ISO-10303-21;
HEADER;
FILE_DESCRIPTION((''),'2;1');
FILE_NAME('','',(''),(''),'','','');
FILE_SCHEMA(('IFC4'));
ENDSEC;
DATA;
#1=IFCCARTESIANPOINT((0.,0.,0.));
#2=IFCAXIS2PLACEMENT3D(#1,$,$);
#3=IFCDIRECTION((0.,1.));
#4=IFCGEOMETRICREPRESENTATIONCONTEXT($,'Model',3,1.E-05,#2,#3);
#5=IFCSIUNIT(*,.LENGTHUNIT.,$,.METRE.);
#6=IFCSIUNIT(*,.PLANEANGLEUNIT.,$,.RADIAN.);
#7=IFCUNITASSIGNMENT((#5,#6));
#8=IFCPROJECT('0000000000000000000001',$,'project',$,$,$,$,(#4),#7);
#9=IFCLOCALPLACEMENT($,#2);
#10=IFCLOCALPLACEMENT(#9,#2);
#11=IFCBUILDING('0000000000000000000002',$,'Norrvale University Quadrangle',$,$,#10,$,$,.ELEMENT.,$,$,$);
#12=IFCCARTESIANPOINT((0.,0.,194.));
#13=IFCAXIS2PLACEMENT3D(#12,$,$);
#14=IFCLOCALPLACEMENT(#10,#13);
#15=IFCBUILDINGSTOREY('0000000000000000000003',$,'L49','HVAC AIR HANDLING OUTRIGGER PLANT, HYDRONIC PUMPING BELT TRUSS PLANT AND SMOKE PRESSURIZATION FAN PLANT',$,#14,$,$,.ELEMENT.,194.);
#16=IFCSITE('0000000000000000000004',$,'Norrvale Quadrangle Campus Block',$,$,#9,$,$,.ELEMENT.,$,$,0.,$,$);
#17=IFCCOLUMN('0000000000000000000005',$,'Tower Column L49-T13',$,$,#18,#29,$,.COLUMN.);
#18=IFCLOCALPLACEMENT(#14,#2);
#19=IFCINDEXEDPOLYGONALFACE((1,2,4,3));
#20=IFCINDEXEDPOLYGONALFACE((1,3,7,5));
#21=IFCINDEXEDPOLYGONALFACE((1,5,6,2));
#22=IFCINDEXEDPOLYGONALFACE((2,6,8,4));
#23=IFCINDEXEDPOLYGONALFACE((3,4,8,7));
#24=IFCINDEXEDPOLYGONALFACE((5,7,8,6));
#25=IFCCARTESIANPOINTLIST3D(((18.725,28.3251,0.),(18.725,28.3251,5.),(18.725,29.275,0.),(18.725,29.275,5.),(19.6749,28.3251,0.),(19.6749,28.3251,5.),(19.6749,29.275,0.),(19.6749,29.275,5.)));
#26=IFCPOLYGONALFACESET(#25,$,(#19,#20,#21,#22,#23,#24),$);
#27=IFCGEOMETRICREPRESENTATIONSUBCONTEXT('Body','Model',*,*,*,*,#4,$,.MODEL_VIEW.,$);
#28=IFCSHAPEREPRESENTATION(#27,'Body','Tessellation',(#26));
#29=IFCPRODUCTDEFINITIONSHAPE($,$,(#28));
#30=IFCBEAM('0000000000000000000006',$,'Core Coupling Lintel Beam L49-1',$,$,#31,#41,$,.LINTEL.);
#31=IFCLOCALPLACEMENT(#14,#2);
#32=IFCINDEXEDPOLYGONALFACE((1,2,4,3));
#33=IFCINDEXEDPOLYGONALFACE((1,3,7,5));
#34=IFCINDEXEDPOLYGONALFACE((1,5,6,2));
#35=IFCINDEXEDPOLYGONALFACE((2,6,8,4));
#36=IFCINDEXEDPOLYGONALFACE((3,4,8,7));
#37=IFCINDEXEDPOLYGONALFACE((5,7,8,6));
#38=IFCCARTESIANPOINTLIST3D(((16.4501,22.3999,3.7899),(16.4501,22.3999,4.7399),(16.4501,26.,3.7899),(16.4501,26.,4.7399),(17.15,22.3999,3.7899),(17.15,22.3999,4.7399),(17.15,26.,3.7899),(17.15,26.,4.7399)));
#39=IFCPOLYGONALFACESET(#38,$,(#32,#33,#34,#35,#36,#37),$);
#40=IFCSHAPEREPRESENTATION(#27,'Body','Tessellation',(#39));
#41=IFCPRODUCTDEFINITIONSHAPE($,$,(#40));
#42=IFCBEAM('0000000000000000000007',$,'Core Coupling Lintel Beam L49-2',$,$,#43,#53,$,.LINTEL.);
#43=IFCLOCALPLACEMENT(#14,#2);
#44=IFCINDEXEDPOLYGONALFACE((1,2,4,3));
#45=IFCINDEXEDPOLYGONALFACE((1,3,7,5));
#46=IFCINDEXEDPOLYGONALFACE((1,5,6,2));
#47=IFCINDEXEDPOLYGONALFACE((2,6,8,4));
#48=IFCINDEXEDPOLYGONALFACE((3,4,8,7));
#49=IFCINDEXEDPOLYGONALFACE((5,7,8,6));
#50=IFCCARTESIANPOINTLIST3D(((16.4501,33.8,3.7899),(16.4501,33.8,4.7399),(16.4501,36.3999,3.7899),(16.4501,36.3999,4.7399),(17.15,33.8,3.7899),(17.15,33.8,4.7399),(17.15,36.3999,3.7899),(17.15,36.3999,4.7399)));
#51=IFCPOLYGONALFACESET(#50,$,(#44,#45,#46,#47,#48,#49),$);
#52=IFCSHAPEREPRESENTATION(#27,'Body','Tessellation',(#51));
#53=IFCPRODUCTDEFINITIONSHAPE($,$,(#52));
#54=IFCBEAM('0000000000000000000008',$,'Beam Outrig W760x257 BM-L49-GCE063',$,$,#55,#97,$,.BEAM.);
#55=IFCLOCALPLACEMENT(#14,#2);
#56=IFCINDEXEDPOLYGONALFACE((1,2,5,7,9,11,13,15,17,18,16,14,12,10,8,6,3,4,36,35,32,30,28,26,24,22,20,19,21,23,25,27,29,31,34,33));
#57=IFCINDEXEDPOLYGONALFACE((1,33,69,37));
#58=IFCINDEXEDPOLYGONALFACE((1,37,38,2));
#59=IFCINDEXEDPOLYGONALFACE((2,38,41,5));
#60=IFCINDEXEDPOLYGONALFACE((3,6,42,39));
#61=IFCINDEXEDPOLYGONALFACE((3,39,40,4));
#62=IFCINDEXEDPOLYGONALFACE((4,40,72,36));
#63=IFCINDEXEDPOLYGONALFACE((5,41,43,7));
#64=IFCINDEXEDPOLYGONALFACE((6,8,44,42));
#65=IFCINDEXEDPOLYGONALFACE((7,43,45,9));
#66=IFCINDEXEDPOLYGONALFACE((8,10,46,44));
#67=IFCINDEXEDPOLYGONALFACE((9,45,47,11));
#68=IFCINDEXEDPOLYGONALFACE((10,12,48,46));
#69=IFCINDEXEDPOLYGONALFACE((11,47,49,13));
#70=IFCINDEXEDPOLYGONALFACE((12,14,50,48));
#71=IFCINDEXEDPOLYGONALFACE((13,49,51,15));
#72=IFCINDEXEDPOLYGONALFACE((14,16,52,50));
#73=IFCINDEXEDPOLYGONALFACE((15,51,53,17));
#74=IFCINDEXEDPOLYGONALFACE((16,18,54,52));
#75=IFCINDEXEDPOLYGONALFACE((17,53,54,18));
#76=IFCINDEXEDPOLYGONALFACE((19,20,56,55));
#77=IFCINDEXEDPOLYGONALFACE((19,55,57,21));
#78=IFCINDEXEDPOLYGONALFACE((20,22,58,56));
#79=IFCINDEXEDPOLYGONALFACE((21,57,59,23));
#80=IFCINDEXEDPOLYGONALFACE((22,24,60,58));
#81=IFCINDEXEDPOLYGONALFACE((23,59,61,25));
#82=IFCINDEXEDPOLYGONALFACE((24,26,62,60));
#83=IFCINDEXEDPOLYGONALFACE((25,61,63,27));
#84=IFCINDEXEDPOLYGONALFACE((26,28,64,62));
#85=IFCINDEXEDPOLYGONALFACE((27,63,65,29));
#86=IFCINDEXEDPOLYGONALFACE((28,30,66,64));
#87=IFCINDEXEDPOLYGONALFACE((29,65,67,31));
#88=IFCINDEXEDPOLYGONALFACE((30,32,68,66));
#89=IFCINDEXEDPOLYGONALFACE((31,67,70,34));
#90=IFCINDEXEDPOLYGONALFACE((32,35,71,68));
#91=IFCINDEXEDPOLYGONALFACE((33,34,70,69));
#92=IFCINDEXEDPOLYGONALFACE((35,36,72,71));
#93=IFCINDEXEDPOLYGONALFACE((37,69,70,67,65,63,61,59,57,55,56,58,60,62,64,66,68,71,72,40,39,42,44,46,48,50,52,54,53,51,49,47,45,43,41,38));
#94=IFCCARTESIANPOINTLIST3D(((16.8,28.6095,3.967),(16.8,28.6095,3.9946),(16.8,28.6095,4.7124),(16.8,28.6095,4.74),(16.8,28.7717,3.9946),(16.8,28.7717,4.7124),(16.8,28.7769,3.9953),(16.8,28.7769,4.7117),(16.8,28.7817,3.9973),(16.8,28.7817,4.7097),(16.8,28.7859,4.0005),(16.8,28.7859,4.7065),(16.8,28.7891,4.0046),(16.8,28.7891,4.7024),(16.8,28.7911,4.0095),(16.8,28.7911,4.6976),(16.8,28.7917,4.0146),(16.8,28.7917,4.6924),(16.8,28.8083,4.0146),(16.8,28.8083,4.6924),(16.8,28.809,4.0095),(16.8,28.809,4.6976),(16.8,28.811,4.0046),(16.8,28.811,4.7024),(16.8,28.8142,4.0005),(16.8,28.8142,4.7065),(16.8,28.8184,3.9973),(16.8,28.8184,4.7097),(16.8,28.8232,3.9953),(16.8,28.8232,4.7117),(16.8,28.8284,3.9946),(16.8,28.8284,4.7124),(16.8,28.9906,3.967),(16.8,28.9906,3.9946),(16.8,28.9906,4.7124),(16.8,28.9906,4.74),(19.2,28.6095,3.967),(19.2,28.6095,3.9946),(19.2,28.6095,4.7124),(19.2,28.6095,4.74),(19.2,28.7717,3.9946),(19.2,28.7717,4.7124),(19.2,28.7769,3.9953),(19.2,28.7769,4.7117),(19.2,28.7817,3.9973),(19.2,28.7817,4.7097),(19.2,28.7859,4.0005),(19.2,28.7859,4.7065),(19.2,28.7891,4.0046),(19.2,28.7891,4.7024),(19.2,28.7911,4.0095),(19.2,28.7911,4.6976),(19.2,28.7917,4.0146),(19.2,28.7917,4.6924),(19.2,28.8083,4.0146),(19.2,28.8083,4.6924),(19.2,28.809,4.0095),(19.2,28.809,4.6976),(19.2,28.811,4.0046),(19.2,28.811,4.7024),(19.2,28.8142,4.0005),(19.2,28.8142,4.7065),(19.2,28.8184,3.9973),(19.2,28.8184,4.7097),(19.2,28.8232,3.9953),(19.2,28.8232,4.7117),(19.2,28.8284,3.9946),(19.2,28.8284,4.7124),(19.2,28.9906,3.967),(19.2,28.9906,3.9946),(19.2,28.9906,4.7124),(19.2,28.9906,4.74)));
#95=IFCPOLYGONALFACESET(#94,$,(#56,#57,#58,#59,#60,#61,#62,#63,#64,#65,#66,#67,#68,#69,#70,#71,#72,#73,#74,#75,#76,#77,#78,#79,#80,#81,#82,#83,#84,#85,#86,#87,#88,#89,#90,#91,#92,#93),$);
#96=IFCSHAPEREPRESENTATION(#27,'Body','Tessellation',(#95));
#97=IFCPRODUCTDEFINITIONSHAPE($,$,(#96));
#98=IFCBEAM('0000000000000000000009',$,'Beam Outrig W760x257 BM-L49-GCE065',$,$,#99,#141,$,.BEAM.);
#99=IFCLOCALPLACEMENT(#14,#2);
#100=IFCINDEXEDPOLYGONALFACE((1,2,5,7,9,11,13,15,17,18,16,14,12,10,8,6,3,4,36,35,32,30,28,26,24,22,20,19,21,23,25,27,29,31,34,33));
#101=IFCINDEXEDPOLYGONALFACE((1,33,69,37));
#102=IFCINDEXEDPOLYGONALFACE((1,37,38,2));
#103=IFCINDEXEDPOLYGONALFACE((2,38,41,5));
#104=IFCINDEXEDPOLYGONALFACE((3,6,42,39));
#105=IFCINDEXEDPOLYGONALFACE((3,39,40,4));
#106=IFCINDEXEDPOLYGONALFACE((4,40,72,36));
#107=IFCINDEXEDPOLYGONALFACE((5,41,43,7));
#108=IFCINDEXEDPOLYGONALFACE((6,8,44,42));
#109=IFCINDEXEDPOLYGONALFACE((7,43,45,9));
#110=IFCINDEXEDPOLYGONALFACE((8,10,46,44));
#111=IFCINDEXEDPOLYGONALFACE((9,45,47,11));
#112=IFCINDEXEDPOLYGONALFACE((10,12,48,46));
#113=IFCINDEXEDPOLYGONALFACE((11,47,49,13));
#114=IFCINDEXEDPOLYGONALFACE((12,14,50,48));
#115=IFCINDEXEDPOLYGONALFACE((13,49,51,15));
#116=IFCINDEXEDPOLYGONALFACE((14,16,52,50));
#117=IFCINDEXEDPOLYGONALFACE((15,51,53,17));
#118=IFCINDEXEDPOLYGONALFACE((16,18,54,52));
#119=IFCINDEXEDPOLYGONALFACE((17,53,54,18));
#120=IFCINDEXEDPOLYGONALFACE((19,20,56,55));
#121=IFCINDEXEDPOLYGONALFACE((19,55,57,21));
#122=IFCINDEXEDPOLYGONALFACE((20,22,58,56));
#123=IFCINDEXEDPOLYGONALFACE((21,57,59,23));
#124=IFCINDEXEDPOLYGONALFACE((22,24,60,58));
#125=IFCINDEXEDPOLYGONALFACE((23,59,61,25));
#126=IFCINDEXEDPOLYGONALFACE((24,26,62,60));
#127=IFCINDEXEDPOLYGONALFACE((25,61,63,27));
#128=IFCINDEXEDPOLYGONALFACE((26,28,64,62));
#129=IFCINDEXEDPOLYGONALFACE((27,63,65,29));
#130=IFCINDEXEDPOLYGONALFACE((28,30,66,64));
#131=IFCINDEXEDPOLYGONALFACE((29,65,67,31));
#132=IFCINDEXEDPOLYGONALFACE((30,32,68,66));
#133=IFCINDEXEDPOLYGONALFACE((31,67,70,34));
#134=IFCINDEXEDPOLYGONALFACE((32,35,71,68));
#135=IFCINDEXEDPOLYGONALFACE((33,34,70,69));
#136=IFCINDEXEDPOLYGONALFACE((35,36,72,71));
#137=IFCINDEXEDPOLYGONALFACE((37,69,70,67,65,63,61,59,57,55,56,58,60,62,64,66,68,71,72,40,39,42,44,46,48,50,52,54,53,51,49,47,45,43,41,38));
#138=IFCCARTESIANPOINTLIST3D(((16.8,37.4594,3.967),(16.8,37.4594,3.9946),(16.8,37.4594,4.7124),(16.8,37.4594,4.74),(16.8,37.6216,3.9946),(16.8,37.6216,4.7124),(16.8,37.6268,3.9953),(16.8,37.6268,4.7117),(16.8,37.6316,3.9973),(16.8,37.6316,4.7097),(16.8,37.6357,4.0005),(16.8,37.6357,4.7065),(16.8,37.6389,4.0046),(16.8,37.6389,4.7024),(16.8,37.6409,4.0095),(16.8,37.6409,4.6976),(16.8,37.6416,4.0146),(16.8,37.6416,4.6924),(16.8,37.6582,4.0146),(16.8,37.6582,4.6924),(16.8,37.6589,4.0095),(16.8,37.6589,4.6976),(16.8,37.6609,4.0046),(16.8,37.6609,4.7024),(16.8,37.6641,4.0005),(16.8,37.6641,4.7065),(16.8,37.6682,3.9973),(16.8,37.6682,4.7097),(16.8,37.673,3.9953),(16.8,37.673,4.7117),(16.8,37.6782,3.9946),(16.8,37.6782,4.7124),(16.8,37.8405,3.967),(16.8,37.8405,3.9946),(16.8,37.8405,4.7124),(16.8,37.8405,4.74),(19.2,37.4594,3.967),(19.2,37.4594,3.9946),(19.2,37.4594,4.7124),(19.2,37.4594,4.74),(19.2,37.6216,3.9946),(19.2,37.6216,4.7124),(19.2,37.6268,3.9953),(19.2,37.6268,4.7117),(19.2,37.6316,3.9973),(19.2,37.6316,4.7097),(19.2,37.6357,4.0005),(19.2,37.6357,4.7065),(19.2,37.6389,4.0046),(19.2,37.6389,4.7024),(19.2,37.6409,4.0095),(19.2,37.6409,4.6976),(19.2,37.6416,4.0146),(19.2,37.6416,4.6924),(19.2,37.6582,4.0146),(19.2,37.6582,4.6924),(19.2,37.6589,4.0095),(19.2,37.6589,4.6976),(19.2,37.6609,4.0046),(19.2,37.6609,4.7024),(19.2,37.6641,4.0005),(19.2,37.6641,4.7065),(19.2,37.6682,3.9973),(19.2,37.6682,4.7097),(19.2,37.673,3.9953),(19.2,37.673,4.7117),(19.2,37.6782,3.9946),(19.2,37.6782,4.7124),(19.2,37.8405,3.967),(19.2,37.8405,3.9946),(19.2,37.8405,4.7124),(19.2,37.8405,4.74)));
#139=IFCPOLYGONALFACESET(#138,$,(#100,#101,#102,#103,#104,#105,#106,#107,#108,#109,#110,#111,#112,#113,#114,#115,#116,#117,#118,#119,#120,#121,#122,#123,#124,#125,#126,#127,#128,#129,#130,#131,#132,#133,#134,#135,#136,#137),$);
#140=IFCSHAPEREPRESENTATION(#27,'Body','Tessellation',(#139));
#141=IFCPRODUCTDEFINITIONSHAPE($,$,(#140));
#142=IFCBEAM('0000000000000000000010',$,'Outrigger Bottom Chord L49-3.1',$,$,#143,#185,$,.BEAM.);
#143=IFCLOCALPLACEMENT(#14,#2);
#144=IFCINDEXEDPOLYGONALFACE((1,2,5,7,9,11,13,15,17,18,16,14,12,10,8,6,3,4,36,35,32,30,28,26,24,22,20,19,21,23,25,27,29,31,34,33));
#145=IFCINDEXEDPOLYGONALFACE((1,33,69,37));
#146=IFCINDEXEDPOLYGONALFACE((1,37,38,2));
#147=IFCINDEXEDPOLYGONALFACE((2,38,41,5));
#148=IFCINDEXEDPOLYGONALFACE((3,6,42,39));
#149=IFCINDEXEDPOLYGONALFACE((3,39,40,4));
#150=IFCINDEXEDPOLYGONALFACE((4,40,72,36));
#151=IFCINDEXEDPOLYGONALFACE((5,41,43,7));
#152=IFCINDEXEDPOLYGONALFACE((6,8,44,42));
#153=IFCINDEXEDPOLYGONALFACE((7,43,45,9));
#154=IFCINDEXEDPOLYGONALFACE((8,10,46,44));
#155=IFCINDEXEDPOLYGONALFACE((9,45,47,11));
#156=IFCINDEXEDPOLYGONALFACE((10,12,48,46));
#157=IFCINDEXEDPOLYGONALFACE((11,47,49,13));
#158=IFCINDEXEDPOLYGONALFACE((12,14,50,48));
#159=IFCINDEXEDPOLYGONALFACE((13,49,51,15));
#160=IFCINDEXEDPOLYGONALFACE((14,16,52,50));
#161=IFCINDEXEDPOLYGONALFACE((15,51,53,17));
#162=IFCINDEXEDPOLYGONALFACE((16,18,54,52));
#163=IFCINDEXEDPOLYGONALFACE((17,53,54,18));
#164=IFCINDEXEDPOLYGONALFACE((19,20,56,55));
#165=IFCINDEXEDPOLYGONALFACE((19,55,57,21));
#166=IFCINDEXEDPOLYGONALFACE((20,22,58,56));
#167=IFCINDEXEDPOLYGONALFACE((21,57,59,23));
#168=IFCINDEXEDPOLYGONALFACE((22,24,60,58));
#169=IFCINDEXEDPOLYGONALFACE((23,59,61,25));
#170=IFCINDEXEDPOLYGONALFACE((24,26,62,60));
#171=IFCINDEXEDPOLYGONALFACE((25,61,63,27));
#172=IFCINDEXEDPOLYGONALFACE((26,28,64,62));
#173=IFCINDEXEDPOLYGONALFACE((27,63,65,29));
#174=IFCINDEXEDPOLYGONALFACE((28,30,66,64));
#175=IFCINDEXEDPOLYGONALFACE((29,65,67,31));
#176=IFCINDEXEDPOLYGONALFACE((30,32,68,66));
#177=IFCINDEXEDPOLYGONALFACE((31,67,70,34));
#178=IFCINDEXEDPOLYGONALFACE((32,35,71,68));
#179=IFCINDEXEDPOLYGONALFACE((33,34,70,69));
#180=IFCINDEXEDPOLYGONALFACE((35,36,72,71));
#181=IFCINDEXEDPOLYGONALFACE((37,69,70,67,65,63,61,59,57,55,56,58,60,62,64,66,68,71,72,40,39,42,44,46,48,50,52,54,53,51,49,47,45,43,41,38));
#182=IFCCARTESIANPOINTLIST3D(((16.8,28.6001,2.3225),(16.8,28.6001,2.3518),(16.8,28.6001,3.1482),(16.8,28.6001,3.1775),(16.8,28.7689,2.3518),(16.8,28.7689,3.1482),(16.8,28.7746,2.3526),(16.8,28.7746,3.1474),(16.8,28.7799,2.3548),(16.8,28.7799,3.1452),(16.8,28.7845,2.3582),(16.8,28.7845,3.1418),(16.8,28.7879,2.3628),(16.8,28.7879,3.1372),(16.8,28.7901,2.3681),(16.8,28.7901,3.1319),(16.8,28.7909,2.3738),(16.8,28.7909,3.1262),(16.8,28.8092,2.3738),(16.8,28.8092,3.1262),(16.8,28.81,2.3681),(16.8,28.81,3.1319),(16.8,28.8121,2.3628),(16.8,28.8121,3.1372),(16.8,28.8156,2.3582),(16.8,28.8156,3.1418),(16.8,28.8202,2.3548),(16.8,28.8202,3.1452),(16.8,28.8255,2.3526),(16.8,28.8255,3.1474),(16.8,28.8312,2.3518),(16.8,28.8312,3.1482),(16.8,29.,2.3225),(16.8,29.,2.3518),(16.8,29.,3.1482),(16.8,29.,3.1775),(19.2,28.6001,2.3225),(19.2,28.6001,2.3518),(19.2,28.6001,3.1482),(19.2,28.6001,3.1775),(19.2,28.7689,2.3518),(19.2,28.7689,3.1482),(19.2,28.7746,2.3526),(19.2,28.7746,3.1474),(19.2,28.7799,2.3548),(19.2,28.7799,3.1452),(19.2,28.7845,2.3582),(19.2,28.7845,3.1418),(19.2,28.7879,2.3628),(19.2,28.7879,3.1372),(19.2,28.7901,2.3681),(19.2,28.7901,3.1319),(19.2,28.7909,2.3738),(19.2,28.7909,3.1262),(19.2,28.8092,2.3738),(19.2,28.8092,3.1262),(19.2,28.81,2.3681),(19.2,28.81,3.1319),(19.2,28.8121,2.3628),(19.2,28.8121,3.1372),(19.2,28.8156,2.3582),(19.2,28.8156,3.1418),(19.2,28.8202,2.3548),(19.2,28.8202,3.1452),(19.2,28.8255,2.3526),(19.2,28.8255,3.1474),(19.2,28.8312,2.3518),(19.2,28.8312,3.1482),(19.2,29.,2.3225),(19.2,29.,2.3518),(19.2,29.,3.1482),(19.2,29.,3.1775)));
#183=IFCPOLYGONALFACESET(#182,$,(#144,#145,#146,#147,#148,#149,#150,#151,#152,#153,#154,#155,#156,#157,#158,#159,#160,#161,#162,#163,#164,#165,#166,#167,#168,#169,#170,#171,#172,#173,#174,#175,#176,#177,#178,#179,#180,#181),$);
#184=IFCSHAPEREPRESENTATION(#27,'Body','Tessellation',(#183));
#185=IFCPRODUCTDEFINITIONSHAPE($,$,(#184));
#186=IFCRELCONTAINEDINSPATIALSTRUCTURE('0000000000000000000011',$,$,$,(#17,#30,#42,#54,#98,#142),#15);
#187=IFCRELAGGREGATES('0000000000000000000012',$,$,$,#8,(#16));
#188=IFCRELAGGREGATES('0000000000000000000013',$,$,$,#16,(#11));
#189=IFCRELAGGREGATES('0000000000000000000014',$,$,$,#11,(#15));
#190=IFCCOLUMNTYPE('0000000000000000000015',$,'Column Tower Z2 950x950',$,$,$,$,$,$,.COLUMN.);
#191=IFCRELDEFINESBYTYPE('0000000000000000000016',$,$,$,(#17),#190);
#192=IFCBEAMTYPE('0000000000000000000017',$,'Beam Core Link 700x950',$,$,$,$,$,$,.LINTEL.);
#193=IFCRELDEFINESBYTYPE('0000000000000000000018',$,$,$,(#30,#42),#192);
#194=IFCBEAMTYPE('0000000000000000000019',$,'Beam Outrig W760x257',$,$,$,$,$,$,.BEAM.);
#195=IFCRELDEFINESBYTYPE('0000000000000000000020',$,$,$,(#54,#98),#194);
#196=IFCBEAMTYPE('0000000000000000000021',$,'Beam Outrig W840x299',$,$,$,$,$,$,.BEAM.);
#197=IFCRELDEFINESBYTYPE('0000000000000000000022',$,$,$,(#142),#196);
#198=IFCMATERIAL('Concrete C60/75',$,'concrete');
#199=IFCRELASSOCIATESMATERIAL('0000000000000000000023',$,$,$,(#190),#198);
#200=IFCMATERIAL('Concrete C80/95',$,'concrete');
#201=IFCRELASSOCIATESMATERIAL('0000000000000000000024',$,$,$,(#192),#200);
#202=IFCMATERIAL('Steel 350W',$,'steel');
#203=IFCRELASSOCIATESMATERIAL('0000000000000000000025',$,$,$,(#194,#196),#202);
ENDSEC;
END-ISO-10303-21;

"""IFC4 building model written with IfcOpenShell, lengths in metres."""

from ifc_helpers import new_model, si_unit, direction, frame, origin, origin_2d, place, context, subcontext, project, spatial, rectangle, i_section, extrude, material, material_profile, profile_set, type_object, element, save


model = new_model("IFC4")

# Units and contexts
model_context = context("Model", 3, precision=1e-05, world=origin(), true_north=direction((0.0, 1.0)))
body_context = subcontext(model_context, "Body", "Model", "MODEL_VIEW")
ifc_project = project(units=[si_unit("LENGTHUNIT", "METRE"), si_unit("PLANEANGLEUNIT", "RADIAN")], contexts=[model_context])

# Site, building, storey
site_placement = place(None, origin())
site = spatial("IfcSite", under=ifc_project, at=site_placement, Name="Norrvale Quadrangle Campus Block", CompositionType="ELEMENT", RefElevation=0.0)
building_placement = place(site_placement, origin())
building = spatial("IfcBuilding", under=site, at=building_placement, Name="Norrvale University Quadrangle", CompositionType="ELEMENT")
storey_placement = place(building_placement, frame((0.0, 0.0, 194.0)))
storey = spatial("IfcBuildingStorey", under=building, at=storey_placement, Name="L49", Description="HVAC AIR HANDLING OUTRIGGER PLANT, HYDRONIC PUMPING BELT TRUSS PLANT AND SMOKE PRESSURIZATION FAN PLANT", CompositionType="ELEMENT", Elevation=194.0)

# Column
ifc_material_1 = material(Name="Concrete C60/75", Category="concrete")
ifc_material_profile_1 = material_profile(ifc_material_1, rectangle(XDim=0.95, YDim=0.95, at=origin_2d()), Name="Concrete C60/75")
ifc_profile_set_1 = profile_set([ifc_material_profile_1], Name="Concrete C60/75")
column_type = type_object("IfcColumnType", Name="Column Tower Z2 950x950", PredefinedType="COLUMN", material=ifc_profile_set_1)
column_placement = place(storey_placement, frame((19.2, 28.8, 0.0), z_axis=(0.0, 0.0, 1.0), x_axis=(1.0, 0.0, 0.0)))
element("IfcColumn", 1, at=column_placement, inside=storey, type_object=column_type, Name="Tower Column L49-T13", PredefinedType="COLUMN", context=body_context, shape_type="SweptSolid", body=[
    extrude(rectangle(XDim=0.95, YDim=0.95, at=origin_2d()), origin(), (0.0, 0.0, 1.0), 5.0),
])

# Beams
ifc_material_2 = material(Name="Concrete C80/95", Category="concrete")
ifc_material_profile_2 = material_profile(ifc_material_2, rectangle(XDim=0.7, YDim=0.95, at=origin_2d()), Name="Concrete C80/95")
ifc_profile_set_2 = profile_set([ifc_material_profile_2], Name="Concrete C80/95")
beam_type_1 = type_object("IfcBeamType", Name="Beam Core Link 700x950", PredefinedType="LINTEL", material=ifc_profile_set_2)
beam_1_placement = place(storey_placement, frame((16.8, 22.3999, 4.2649), z_axis=(0.0, 1.0, 0.0), x_axis=(-1.0, 0.0, 0.0)))
element("IfcBeam", 2, at=beam_1_placement, inside=storey, type_object=beam_type_1, Name="Core Coupling Lintel Beam L49-1", PredefinedType="LINTEL", context=body_context, shape_type="SweptSolid", body=[
    extrude(rectangle(XDim=0.7, YDim=0.95, at=origin_2d()), origin(), (0.0, 0.0, 1.0), 3.6001),
])
beam_2_placement = place(storey_placement, frame((16.8, 33.8, 4.2649), z_axis=(0.0, 1.0, 0.0), x_axis=(-1.0, 0.0, 0.0)))
element("IfcBeam", 3, at=beam_2_placement, inside=storey, type_object=beam_type_1, Name="Core Coupling Lintel Beam L49-2", PredefinedType="LINTEL", context=body_context, shape_type="SweptSolid", body=[
    extrude(rectangle(XDim=0.7, YDim=0.95, at=origin_2d()), origin(), (0.0, 0.0, 1.0), 2.5999),
])
ifc_material_3 = material(Name="Steel 350W", Category="steel")
ifc_material_profile_3 = material_profile(ifc_material_3, i_section(OverallWidth=0.3811, OverallDepth=0.7729, WebThickness=0.0166, FlangeThickness=0.0276, FilletRadius=0.02, at=origin_2d()), Name="Steel 350W")
ifc_profile_set_3 = profile_set([ifc_material_profile_3], Name="Steel 350W")
beam_type_2 = type_object("IfcBeamType", Name="Beam Outrig W760x257", PredefinedType="BEAM", material=ifc_profile_set_3)
for number, where, z_axis, x_axis, name in (
    (4, (16.8, 28.8, 4.3535), (1.0, 0.0, 0.0), (0.0, 1.0, 0.0), "Beam Outrig W760x257 BM-L49-GCE063"),
    (5, (16.8, 37.6499, 4.3535), (1.0, 0.0, 0.0), (0.0, 1.0, 0.0), "Beam Outrig W760x257 BM-L49-GCE065"),
):
    element("IfcBeam", number, at=place(storey_placement, frame(where, z_axis=z_axis, x_axis=x_axis)), inside=storey, type_object=beam_type_2, Name=name, PredefinedType="BEAM", context=body_context, shape_type="SweptSolid", body=[
        extrude(i_section(OverallWidth=0.3811, OverallDepth=0.7729, WebThickness=0.0166, FlangeThickness=0.0276, FilletRadius=0.02, at=origin_2d()), origin(), (0.0, 0.0, 1.0), 2.3999),
    ])
ifc_material_profile_4 = material_profile(ifc_material_3, i_section(OverallWidth=0.3999, OverallDepth=0.855, WebThickness=0.0183, FlangeThickness=0.0293, FilletRadius=0.022, at=origin_2d()), Name="Steel 350W")
ifc_profile_set_4 = profile_set([ifc_material_profile_4], Name="Steel 350W")
beam_type_3 = type_object("IfcBeamType", Name="Beam Outrig W840x299", PredefinedType="BEAM", material=ifc_profile_set_4)
for number, where, z_axis, x_axis, name in (
    (6, (16.8, 28.8, 2.75), (1.0, 0.0, 0.0), (0.0, 1.0, 0.0), "Outrigger Bottom Chord L49-3.1"),
):
    element("IfcBeam", number, at=place(storey_placement, frame(where, z_axis=z_axis, x_axis=x_axis)), inside=storey, type_object=beam_type_3, Name=name, PredefinedType="BEAM", context=body_context, shape_type="SweptSolid", body=[
        extrude(i_section(OverallWidth=0.3999, OverallDepth=0.855, WebThickness=0.0183, FlangeThickness=0.0293, FilletRadius=0.022, at=origin_2d()), origin(), (0.0, 0.0, 1.0), 2.3999),
    ])

save(model, "model.ifc")
